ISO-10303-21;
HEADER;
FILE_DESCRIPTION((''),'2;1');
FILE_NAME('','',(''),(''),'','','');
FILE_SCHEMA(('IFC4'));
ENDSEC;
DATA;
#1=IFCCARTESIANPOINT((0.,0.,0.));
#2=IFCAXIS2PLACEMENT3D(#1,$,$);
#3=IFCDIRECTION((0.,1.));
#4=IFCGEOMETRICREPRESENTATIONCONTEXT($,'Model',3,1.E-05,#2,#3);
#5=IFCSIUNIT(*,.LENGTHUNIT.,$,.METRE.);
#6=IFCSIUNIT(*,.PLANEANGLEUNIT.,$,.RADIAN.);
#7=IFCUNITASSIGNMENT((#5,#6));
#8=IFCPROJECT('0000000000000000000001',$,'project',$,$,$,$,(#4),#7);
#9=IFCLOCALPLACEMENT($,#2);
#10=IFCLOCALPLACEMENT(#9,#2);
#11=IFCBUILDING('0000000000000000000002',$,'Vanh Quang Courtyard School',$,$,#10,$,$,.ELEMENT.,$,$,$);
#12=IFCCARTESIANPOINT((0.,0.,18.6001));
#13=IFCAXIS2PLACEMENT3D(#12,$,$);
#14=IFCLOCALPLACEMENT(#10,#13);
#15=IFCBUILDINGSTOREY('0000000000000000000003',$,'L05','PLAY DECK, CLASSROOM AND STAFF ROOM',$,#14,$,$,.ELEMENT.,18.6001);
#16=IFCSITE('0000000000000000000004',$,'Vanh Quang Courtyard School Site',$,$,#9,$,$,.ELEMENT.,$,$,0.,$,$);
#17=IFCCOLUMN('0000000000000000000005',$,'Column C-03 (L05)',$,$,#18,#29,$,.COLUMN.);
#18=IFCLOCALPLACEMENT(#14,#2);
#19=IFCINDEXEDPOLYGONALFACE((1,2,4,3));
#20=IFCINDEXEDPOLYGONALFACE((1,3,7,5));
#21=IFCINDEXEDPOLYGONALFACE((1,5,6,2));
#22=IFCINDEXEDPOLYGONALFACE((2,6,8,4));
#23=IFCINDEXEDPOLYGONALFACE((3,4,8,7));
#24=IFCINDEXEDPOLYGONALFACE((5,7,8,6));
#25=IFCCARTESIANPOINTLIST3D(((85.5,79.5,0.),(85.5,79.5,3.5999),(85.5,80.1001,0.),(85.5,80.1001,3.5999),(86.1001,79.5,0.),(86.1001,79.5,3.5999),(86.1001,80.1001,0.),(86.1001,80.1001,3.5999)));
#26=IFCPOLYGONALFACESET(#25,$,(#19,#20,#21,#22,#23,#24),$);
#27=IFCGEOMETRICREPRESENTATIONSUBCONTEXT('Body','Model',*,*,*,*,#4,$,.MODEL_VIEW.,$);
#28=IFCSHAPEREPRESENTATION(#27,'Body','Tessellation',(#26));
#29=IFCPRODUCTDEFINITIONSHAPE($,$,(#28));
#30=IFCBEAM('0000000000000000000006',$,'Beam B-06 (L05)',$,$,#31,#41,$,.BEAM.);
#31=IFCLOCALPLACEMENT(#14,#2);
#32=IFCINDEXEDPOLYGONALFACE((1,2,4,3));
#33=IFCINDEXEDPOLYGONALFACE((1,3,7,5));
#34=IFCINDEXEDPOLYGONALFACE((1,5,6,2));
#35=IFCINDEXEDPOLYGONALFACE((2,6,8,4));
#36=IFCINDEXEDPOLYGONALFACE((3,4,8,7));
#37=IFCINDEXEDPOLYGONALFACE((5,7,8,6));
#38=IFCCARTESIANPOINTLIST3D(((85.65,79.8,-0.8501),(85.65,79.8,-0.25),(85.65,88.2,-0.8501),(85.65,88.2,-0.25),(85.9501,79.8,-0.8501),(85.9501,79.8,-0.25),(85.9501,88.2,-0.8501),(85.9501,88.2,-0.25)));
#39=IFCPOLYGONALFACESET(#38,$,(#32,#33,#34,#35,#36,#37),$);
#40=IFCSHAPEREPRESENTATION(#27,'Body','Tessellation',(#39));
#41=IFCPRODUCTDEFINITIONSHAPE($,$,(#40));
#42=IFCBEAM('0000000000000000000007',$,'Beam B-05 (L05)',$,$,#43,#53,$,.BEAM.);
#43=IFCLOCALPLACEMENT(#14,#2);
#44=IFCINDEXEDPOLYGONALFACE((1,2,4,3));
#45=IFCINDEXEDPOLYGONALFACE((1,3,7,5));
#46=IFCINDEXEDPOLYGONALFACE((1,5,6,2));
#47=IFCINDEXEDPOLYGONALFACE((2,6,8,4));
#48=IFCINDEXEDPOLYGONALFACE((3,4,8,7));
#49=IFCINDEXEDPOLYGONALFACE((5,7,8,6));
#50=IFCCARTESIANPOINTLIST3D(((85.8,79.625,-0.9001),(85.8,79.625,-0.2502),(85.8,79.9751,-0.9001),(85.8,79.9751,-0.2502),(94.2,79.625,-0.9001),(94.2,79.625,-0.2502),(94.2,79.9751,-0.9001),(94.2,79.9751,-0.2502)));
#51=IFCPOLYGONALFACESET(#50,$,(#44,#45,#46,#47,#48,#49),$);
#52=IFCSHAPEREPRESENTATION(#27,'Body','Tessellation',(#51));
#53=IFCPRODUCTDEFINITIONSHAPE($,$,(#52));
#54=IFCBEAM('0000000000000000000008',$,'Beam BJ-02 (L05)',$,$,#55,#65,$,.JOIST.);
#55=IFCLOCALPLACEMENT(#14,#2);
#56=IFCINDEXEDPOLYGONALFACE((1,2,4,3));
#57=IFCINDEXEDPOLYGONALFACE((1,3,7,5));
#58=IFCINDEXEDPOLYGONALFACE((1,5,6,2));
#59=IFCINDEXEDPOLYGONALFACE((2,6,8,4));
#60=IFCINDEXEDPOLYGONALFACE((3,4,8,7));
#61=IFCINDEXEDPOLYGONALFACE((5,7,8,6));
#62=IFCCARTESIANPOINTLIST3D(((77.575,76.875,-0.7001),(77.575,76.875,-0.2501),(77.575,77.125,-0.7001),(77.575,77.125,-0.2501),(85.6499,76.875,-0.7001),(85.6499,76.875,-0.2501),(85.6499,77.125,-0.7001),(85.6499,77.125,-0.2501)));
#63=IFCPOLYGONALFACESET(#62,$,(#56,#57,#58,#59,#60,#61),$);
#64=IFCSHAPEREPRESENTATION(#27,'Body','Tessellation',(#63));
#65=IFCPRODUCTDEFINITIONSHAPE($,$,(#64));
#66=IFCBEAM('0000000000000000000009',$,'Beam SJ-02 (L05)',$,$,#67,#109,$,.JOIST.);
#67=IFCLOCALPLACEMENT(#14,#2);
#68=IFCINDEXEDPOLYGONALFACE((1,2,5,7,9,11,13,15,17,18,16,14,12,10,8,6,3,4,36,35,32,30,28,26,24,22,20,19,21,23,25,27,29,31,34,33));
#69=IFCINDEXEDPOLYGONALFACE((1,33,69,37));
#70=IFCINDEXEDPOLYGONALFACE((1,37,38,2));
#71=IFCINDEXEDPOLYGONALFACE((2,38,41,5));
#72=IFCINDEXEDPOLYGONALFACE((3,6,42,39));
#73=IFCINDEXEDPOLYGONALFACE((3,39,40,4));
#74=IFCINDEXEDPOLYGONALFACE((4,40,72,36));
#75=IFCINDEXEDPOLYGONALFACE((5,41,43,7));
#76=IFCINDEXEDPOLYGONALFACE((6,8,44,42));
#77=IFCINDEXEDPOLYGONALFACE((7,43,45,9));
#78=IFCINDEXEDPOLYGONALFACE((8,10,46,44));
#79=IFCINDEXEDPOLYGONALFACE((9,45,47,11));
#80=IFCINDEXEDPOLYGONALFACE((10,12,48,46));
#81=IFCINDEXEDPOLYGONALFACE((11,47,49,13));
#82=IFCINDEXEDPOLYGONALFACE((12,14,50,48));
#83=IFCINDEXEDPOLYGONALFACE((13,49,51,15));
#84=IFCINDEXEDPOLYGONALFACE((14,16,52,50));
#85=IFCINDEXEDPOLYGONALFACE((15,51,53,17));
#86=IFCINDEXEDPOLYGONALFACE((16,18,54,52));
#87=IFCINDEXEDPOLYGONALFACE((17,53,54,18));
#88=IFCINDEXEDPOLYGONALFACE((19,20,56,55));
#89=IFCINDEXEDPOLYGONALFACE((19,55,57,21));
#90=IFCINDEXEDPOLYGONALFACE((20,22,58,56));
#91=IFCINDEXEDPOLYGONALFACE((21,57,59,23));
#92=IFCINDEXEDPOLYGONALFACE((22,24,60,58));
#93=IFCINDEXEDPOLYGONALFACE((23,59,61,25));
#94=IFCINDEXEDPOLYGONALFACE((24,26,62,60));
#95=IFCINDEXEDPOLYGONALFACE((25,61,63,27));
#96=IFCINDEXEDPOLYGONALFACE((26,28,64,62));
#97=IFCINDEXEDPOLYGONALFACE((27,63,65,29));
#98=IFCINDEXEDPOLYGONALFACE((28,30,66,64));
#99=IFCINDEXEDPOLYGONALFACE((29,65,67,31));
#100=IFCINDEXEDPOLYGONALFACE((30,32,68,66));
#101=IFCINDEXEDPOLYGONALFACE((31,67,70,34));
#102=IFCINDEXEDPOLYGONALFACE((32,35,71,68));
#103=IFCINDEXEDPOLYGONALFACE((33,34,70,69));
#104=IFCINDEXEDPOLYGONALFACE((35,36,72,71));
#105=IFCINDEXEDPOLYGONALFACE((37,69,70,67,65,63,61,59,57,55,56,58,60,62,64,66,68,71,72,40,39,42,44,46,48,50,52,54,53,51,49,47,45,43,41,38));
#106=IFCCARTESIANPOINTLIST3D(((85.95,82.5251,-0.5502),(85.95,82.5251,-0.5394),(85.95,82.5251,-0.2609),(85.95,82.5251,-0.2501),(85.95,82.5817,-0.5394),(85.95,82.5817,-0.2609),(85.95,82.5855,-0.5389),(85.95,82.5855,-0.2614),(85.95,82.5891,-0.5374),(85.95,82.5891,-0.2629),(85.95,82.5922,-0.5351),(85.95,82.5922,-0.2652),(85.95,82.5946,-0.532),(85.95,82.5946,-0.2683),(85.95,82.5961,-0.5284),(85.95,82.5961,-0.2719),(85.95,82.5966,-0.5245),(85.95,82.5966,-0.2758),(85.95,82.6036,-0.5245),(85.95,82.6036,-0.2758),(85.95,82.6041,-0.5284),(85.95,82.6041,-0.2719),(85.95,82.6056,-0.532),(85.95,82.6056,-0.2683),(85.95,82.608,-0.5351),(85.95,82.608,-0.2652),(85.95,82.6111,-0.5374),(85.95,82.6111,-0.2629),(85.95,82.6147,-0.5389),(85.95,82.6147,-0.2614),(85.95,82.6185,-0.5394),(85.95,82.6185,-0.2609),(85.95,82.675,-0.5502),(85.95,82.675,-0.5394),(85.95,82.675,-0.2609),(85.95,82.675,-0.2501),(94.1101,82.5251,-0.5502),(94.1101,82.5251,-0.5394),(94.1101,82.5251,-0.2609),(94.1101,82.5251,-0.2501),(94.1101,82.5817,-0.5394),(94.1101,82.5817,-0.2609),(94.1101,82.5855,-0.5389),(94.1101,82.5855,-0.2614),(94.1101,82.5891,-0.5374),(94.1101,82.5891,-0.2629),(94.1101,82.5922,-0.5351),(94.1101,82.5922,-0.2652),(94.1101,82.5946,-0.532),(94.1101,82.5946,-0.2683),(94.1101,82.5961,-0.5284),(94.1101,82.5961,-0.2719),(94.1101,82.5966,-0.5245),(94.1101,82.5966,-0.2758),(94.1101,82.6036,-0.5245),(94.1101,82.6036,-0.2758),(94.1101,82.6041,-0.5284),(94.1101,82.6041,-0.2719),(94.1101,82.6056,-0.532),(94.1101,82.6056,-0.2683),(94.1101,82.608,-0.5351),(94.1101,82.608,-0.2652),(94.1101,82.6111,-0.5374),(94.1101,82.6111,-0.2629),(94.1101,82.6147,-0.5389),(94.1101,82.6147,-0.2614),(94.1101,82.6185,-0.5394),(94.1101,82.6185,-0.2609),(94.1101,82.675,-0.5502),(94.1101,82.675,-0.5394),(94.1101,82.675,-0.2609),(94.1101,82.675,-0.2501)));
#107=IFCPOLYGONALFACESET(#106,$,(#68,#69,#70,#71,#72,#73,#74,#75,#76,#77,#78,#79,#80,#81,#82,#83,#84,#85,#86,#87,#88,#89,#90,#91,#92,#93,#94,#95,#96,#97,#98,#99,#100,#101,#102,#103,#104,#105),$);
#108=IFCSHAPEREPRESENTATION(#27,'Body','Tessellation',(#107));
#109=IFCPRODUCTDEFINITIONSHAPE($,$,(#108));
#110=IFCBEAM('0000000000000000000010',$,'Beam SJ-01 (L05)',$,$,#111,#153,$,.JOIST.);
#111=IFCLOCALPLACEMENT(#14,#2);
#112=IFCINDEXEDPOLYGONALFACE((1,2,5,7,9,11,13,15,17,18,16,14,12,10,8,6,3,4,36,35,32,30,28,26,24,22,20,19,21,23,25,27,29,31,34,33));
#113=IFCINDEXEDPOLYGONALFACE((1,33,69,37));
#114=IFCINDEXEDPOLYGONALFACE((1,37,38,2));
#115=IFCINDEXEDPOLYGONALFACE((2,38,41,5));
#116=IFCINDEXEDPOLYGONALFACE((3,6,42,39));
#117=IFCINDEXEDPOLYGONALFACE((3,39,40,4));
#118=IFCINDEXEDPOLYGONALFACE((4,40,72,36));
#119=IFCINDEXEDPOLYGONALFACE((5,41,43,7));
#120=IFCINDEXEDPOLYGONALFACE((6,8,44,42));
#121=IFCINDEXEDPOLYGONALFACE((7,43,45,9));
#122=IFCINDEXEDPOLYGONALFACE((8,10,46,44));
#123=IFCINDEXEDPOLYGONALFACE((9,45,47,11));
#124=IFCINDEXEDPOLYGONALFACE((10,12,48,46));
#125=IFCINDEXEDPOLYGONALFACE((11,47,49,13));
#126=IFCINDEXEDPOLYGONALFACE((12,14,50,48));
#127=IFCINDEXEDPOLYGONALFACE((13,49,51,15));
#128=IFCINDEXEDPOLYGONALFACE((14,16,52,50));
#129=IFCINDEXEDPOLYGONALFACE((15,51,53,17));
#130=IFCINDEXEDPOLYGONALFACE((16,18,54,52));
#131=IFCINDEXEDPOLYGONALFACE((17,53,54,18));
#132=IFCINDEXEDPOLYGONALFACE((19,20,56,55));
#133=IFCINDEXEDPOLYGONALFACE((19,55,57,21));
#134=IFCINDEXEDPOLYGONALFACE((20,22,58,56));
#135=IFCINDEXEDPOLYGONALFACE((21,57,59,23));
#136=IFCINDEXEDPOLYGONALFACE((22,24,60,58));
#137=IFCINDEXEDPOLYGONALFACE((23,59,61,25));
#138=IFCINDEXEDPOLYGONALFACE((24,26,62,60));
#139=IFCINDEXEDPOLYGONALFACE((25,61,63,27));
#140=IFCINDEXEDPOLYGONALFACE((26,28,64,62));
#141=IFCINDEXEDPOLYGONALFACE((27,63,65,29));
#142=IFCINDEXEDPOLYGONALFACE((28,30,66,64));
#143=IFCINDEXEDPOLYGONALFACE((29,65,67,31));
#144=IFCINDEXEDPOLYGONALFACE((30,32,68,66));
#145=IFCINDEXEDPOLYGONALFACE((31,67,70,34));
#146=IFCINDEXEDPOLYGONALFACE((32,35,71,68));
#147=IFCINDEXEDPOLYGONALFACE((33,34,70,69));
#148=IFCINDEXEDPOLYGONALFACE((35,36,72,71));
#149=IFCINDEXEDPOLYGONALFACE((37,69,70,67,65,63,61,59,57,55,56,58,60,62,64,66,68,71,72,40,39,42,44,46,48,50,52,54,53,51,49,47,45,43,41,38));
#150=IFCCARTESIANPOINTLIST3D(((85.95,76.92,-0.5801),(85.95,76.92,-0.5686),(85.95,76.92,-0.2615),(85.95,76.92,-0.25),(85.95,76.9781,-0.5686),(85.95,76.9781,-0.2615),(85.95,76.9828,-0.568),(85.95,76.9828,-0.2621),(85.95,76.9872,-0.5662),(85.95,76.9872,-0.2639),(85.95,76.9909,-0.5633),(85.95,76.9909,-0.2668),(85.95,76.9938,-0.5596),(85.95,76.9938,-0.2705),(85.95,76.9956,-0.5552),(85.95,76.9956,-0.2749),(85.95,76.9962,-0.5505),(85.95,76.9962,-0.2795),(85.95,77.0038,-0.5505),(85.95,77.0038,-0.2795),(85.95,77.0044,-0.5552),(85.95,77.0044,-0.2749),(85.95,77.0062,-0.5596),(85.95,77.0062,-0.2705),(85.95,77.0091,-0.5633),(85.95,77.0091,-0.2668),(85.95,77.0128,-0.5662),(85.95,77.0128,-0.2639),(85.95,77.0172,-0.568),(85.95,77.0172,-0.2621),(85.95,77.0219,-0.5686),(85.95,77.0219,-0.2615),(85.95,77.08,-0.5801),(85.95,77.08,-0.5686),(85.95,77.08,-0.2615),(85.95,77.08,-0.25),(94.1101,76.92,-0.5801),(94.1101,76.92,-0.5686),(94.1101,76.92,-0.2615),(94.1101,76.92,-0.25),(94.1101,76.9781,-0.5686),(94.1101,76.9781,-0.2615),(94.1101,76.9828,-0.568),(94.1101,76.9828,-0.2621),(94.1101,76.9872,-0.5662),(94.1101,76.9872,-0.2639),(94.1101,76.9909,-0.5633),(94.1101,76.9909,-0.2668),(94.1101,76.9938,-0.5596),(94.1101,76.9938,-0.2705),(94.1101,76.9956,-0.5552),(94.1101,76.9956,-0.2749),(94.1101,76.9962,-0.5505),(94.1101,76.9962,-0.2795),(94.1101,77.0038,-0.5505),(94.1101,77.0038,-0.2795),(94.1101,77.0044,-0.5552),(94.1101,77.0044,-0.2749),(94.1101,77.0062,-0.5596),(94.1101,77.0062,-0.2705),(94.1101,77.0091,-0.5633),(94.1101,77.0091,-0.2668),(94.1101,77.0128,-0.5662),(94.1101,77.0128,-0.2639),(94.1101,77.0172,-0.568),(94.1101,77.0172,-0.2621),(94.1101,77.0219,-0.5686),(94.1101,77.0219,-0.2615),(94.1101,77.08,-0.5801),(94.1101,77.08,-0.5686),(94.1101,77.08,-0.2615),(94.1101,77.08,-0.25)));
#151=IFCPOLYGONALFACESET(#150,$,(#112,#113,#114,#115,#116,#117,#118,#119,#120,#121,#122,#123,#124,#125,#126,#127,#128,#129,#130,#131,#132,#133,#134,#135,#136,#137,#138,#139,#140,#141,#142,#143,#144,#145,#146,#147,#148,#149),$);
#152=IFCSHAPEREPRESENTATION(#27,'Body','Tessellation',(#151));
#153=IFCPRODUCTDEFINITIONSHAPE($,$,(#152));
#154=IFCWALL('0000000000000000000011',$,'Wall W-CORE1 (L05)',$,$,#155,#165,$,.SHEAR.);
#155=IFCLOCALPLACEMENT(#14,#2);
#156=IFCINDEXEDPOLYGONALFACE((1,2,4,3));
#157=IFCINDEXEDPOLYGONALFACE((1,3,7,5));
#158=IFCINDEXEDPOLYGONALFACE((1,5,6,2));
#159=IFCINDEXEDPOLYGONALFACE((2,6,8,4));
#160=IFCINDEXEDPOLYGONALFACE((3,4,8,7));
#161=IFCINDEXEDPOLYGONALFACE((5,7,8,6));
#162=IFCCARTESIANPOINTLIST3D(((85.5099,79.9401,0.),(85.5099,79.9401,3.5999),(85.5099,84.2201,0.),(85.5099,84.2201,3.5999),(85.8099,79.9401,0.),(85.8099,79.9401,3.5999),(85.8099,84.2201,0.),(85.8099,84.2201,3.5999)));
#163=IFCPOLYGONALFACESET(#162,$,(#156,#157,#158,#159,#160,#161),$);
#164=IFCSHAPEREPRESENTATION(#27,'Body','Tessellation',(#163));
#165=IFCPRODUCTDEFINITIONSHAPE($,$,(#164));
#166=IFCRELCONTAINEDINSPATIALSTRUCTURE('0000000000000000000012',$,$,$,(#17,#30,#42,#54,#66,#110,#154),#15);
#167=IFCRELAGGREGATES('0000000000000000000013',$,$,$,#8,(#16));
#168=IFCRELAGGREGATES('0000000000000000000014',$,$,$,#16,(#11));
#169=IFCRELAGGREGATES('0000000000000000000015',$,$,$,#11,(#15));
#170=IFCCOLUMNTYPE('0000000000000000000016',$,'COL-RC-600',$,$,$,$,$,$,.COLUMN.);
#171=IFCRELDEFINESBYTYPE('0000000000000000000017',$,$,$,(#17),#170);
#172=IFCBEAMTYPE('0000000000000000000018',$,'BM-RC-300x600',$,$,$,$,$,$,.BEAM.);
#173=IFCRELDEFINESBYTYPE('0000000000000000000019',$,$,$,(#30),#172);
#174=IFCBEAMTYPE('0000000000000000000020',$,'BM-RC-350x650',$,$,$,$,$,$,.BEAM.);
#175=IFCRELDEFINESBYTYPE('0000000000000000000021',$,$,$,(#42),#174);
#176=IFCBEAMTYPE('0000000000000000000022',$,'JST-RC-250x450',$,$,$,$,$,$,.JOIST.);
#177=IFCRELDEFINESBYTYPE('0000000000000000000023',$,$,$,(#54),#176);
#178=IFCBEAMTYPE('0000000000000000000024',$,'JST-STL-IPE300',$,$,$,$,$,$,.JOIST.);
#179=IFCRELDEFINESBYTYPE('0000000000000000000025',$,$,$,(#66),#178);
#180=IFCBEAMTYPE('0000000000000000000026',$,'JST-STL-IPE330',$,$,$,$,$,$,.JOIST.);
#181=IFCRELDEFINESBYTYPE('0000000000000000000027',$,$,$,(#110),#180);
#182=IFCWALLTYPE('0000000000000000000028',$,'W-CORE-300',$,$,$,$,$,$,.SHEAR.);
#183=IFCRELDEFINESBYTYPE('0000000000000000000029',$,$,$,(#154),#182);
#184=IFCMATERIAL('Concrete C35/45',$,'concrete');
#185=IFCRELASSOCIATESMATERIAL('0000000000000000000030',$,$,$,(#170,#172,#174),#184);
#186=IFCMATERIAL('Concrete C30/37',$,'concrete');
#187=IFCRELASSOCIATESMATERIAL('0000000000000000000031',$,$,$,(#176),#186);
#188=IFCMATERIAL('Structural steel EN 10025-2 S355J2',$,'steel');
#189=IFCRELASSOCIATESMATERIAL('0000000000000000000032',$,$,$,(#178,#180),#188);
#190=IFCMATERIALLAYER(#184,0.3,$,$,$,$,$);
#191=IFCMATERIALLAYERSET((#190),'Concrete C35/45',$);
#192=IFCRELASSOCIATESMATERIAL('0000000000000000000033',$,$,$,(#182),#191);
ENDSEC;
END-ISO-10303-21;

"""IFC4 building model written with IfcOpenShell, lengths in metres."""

from ifc_helpers import new_model, si_unit, direction, frame, frame_2d, origin, origin_2d, place, context, subcontext, project, spatial, rectangle, i_section, extrude, material, layer, layer_set, material_profile, profile_set, type_object, element, save


model = new_model("IFC4")

# Units and contexts
model_context = context("Model", 3, precision=1e-05, world=origin(), true_north=direction((0.0, 1.0)))
body_context = subcontext(model_context, "Body", "Model", "MODEL_VIEW")
ifc_project = project(units=[si_unit("LENGTHUNIT", "METRE"), si_unit("PLANEANGLEUNIT", "RADIAN")], contexts=[model_context])

# Site, building, storey
site_placement = place(None, origin())
site = spatial("IfcSite", under=ifc_project, at=site_placement, Name="Vanh Quang Courtyard School Site", CompositionType="ELEMENT", RefElevation=0.0)
building_placement = place(site_placement, origin())
building = spatial("IfcBuilding", under=site, at=building_placement, Name="Vanh Quang Courtyard School", CompositionType="ELEMENT")
storey_placement = place(building_placement, frame((0.0, 0.0, 18.6001)))
storey = spatial("IfcBuildingStorey", under=building, at=storey_placement, Name="L05", Description="PLAY DECK, CLASSROOM AND STAFF ROOM", CompositionType="ELEMENT", Elevation=18.6001)

# Column
ifc_material_1 = material(Name="Concrete C35/45", Category="concrete")
ifc_material_profile_1 = material_profile(ifc_material_1, rectangle(XDim=0.6001, YDim=0.6001, at=origin_2d()), Name="RC-COL 600x600")
ifc_profile_set_1 = profile_set([ifc_material_profile_1], Name="Concrete C35/45")
column_type = type_object("IfcColumnType", Name="COL-RC-600", PredefinedType="COLUMN", material=ifc_profile_set_1)
column_placement = place(storey_placement, frame((85.8, 79.8, 0.0), z_axis=(0.0, 0.0, 1.0), x_axis=(1.0, 0.0, 0.0)))
element("IfcColumn", 1, at=column_placement, inside=storey, type_object=column_type, Name="Column C-03 (L05)", PredefinedType="COLUMN", context=body_context, shape_type="SweptSolid", body=[
    extrude(rectangle(XDim=0.6001, YDim=0.6001, at=origin_2d()), origin(), (0.0, 0.0, 1.0), 3.5999),
])

# Beams
ifc_material_profile_2 = material_profile(ifc_material_1, rectangle(XDim=0.3, YDim=0.6001, at=origin_2d()), Name="RC-BM 300x600")
ifc_profile_set_2 = profile_set([ifc_material_profile_2], Name="Concrete C35/45")
beam_type_1 = type_object("IfcBeamType", Name="BM-RC-300x600", PredefinedType="BEAM", material=ifc_profile_set_2)
beam_1_placement = place(storey_placement, frame((85.8, 79.8, -0.55), z_axis=(0.0, 1.0, 0.0), x_axis=(-1.0, 0.0, 0.0)))
element("IfcBeam", 2, at=beam_1_placement, inside=storey, type_object=beam_type_1, Name="Beam B-06 (L05)", PredefinedType="BEAM", context=body_context, shape_type="SweptSolid", body=[
    extrude(rectangle(XDim=0.3, YDim=0.6001, at=origin_2d()), origin(), (0.0, 0.0, 1.0), 8.3999),
])
ifc_material_profile_3 = material_profile(ifc_material_1, rectangle(XDim=0.3501, YDim=0.6499, at=origin_2d()), Name="RC-BM 350x650")
ifc_profile_set_3 = profile_set([ifc_material_profile_3], Name="Concrete C35/45")
beam_type_2 = type_object("IfcBeamType", Name="BM-RC-350x650", PredefinedType="BEAM", material=ifc_profile_set_3)
beam_2_placement = place(storey_placement, frame((85.8, 79.8, -0.5752), z_axis=(1.0, 0.0, 0.0), x_axis=(0.0, 1.0, 0.0)))
element("IfcBeam", 3, at=beam_2_placement, inside=storey, type_object=beam_type_2, Name="Beam B-05 (L05)", PredefinedType="BEAM", context=body_context, shape_type="SweptSolid", body=[
    extrude(rectangle(XDim=0.3501, YDim=0.6499, at=origin_2d()), origin(), (0.0, 0.0, 1.0), 8.3999),
])
ifc_material_2 = material(Name="Concrete C30/37", Category="concrete")
ifc_material_profile_4 = material_profile(ifc_material_2, rectangle(XDim=0.25, YDim=0.45, at=origin_2d()), Name="RC-JST 250x450")
ifc_profile_set_4 = profile_set([ifc_material_profile_4], Name="Concrete C30/37")
beam_type_3 = type_object("IfcBeamType", Name="JST-RC-250x450", PredefinedType="JOIST", material=ifc_profile_set_4)
beam_3_placement = place(storey_placement, frame((77.575, 77.0, -0.4751), z_axis=(1.0, 0.0, 0.0), x_axis=(0.0, 1.0, 0.0)))
element("IfcBeam", 4, at=beam_3_placement, inside=storey, type_object=beam_type_3, Name="Beam BJ-02 (L05)", PredefinedType="JOIST", context=body_context, shape_type="SweptSolid", body=[
    extrude(rectangle(XDim=0.25, YDim=0.45, at=origin_2d()), origin(), (0.0, 0.0, 1.0), 8.075),
])
ifc_material_3 = material(Name="Structural steel EN 10025-2 S355J2", Category="steel")
ifc_material_profile_5 = material_profile(ifc_material_3, i_section(OverallWidth=0.1499, OverallDepth=0.3, WebThickness=0.0071, FlangeThickness=0.0107, FilletRadius=0.0149, at=origin_2d()), Name="IPE 300")
ifc_profile_set_5 = profile_set([ifc_material_profile_5], Name="Structural steel EN 10025-2 S355J2")
beam_type_4 = type_object("IfcBeamType", Name="JST-STL-IPE300", PredefinedType="JOIST", material=ifc_profile_set_5)
beam_4_placement = place(storey_placement, frame((85.95, 82.6001, -0.4001), z_axis=(1.0, 0.0, 0.0), x_axis=(0.0, 1.0, 0.0)))
element("IfcBeam", 5, at=beam_4_placement, inside=storey, type_object=beam_type_4, Name="Beam SJ-02 (L05)", PredefinedType="JOIST", context=body_context, shape_type="SweptSolid", body=[
    extrude(i_section(OverallWidth=0.1499, OverallDepth=0.3, WebThickness=0.0071, FlangeThickness=0.0107, FilletRadius=0.0149, at=origin_2d()), origin(), (0.0, 0.0, 1.0), 8.1602),
])
ifc_material_profile_6 = material_profile(ifc_material_3, i_section(OverallWidth=0.1599, OverallDepth=0.3301, WebThickness=0.0076, FlangeThickness=0.0115, FilletRadius=0.0181, at=origin_2d()), Name="IPE 330")
ifc_profile_set_6 = profile_set([ifc_material_profile_6], Name="Structural steel EN 10025-2 S355J2")
beam_type_5 = type_object("IfcBeamType", Name="JST-STL-IPE330", PredefinedType="JOIST", material=ifc_profile_set_6)
beam_5_placement = place(storey_placement, frame((85.95, 77.0, -0.415), z_axis=(1.0, 0.0, 0.0), x_axis=(0.0, 1.0, 0.0)))
element("IfcBeam", 6, at=beam_5_placement, inside=storey, type_object=beam_type_5, Name="Beam SJ-01 (L05)", PredefinedType="JOIST", context=body_context, shape_type="SweptSolid", body=[
    extrude(i_section(OverallWidth=0.1599, OverallDepth=0.3301, WebThickness=0.0076, FlangeThickness=0.0115, FilletRadius=0.0181, at=origin_2d()), origin(), (0.0, 0.0, 1.0), 8.1602),
])

# Wall
ifc_layer_1 = layer(ifc_material_1, 0.3)
ifc_layer_set_1 = layer_set([ifc_layer_1], Name="Concrete C35/45")
wall_type_1 = type_object("IfcWallType", Name="W-CORE-300", PredefinedType="SHEAR", material=ifc_layer_set_1)
wall_1_placement = place(storey_placement, frame((85.6599, 79.9399, 0.0), z_axis=(0.0, 0.0, 1.0), x_axis=(0.0, 1.0, 0.0)))
element("IfcWall", 7, at=wall_1_placement, inside=storey, type_object=wall_type_1, Name="Wall W-CORE1 (L05)", PredefinedType="SHEAR", context=body_context, shape_type="SweptSolid", body=[
    extrude(rectangle(XDim=4.28, YDim=0.3, at=frame_2d((2.1401, 0.0))), origin(), (0.0, 0.0, 1.0), 3.5999),
])

save(model, "model.ifc")
